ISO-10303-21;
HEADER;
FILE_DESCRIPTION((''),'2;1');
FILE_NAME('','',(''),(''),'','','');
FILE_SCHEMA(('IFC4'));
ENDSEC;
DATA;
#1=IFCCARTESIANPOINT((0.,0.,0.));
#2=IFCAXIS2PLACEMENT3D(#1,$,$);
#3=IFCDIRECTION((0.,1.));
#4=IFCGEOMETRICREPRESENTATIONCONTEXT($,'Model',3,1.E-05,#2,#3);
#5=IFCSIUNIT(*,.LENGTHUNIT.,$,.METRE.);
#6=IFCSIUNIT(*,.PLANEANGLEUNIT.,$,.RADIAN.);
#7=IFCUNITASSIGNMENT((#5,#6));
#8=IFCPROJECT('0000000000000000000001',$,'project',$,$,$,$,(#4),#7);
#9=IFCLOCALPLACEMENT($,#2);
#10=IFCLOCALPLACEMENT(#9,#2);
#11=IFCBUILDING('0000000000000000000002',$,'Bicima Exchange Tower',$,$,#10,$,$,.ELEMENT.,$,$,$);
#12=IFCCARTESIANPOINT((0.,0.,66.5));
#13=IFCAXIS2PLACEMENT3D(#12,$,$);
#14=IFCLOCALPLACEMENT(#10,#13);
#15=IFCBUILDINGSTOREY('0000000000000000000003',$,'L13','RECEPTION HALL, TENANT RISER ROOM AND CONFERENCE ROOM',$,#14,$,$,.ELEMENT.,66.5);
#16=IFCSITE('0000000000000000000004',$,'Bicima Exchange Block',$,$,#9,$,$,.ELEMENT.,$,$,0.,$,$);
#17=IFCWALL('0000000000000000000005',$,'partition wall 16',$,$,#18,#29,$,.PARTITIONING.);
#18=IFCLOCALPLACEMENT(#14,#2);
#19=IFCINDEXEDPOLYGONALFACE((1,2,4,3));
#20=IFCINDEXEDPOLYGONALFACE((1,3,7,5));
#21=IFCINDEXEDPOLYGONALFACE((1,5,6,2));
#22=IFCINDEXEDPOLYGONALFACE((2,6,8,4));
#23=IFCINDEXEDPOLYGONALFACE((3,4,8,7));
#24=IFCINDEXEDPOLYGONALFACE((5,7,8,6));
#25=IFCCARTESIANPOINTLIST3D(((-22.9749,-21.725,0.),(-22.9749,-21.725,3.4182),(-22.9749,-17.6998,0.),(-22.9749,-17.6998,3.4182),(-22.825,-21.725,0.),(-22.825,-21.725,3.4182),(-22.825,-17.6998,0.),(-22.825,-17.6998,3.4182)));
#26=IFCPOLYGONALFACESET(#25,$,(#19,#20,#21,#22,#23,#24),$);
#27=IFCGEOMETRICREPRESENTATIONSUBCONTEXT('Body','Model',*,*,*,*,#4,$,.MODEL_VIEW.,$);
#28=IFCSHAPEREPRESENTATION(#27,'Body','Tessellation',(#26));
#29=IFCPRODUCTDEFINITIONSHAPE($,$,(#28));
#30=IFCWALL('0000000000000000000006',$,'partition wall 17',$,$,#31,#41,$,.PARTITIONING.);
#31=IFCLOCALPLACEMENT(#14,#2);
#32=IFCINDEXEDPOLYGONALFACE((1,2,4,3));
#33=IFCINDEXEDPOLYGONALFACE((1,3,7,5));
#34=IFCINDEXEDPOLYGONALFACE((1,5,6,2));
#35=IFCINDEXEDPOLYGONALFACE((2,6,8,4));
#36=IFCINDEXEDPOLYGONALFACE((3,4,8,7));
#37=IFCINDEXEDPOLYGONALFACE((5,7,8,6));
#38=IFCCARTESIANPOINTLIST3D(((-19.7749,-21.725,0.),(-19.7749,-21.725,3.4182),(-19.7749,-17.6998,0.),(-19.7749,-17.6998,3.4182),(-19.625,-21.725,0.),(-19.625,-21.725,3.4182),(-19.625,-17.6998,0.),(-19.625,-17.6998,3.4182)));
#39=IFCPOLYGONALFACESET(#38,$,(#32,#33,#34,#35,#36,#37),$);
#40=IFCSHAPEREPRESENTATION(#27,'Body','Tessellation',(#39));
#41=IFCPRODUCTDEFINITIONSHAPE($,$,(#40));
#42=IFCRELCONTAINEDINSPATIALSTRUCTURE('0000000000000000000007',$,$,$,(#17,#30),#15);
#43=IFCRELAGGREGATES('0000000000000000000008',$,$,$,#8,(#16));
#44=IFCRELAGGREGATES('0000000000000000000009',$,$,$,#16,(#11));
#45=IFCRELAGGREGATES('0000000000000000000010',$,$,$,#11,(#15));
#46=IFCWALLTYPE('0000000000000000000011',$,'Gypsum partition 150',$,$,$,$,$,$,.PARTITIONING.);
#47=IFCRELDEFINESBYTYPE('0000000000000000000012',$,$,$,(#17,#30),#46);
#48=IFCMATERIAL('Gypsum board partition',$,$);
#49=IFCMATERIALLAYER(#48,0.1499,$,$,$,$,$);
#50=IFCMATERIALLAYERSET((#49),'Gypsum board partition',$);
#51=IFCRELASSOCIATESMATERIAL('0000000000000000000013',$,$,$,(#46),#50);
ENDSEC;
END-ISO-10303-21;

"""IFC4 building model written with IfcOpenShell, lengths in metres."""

from ifc_helpers import new_model, si_unit, direction, frame, frame_2d, origin, place, context, subcontext, project, spatial, rectangle, extrude, material, layer, layer_set, type_object, element, save


model = new_model("IFC4")

# Units and contexts
model_context = context("Model", 3, precision=1e-05, world=origin(), true_north=direction((0.0, 1.0)))
body_context = subcontext(model_context, "Body", "Model", "MODEL_VIEW")
ifc_project = project(units=[si_unit("LENGTHUNIT", "METRE"), si_unit("PLANEANGLEUNIT", "RADIAN")], contexts=[model_context])

# Site, building, storey
site_placement = place(None, origin())
site = spatial("IfcSite", under=ifc_project, at=site_placement, Name="Bicima Exchange Block", CompositionType="ELEMENT", RefElevation=0.0)
building_placement = place(site_placement, origin())
building = spatial("IfcBuilding", under=site, at=building_placement, Name="Bicima Exchange Tower", CompositionType="ELEMENT")
storey_placement = place(building_placement, frame((0.0, 0.0, 66.5)))
storey = spatial("IfcBuildingStorey", under=building, at=storey_placement, Name="L13", Description="RECEPTION HALL, TENANT RISER ROOM AND CONFERENCE ROOM", CompositionType="ELEMENT", Elevation=66.5)

# Walls
ifc_material_1 = material(Name="Gypsum board partition")
ifc_layer_1 = layer(ifc_material_1, 0.1499)
ifc_layer_set_1 = layer_set([ifc_layer_1], Name="Gypsum board partition")
wall_type_1 = type_object("IfcWallType", Name="Gypsum partition 150", PredefinedType="PARTITIONING", material=ifc_layer_set_1)
for number, where, z_axis, x_axis, name in (
    (1, (-22.8999, -21.7251, 0.0), (0.0, 0.0, 1.0), (0.0, 1.0, 0.0), "partition wall 16"),
    (2, (-19.7, -21.7251, 0.0), (0.0, 0.0, 1.0), (0.0, 1.0, 0.0), "partition wall 17"),
):
    element("IfcWall", number, at=place(storey_placement, frame(where, z_axis=z_axis, x_axis=x_axis)), inside=storey, type_object=wall_type_1, Name=name, PredefinedType="PARTITIONING", context=body_context, shape_type="SweptSolid", body=[
        extrude(rectangle(XDim=4.0251, YDim=0.1499, at=frame_2d((2.0127, 0.0))), origin(), (0.0, 0.0, 1.0), 3.4182),
    ])

save(model, "model.ifc")
